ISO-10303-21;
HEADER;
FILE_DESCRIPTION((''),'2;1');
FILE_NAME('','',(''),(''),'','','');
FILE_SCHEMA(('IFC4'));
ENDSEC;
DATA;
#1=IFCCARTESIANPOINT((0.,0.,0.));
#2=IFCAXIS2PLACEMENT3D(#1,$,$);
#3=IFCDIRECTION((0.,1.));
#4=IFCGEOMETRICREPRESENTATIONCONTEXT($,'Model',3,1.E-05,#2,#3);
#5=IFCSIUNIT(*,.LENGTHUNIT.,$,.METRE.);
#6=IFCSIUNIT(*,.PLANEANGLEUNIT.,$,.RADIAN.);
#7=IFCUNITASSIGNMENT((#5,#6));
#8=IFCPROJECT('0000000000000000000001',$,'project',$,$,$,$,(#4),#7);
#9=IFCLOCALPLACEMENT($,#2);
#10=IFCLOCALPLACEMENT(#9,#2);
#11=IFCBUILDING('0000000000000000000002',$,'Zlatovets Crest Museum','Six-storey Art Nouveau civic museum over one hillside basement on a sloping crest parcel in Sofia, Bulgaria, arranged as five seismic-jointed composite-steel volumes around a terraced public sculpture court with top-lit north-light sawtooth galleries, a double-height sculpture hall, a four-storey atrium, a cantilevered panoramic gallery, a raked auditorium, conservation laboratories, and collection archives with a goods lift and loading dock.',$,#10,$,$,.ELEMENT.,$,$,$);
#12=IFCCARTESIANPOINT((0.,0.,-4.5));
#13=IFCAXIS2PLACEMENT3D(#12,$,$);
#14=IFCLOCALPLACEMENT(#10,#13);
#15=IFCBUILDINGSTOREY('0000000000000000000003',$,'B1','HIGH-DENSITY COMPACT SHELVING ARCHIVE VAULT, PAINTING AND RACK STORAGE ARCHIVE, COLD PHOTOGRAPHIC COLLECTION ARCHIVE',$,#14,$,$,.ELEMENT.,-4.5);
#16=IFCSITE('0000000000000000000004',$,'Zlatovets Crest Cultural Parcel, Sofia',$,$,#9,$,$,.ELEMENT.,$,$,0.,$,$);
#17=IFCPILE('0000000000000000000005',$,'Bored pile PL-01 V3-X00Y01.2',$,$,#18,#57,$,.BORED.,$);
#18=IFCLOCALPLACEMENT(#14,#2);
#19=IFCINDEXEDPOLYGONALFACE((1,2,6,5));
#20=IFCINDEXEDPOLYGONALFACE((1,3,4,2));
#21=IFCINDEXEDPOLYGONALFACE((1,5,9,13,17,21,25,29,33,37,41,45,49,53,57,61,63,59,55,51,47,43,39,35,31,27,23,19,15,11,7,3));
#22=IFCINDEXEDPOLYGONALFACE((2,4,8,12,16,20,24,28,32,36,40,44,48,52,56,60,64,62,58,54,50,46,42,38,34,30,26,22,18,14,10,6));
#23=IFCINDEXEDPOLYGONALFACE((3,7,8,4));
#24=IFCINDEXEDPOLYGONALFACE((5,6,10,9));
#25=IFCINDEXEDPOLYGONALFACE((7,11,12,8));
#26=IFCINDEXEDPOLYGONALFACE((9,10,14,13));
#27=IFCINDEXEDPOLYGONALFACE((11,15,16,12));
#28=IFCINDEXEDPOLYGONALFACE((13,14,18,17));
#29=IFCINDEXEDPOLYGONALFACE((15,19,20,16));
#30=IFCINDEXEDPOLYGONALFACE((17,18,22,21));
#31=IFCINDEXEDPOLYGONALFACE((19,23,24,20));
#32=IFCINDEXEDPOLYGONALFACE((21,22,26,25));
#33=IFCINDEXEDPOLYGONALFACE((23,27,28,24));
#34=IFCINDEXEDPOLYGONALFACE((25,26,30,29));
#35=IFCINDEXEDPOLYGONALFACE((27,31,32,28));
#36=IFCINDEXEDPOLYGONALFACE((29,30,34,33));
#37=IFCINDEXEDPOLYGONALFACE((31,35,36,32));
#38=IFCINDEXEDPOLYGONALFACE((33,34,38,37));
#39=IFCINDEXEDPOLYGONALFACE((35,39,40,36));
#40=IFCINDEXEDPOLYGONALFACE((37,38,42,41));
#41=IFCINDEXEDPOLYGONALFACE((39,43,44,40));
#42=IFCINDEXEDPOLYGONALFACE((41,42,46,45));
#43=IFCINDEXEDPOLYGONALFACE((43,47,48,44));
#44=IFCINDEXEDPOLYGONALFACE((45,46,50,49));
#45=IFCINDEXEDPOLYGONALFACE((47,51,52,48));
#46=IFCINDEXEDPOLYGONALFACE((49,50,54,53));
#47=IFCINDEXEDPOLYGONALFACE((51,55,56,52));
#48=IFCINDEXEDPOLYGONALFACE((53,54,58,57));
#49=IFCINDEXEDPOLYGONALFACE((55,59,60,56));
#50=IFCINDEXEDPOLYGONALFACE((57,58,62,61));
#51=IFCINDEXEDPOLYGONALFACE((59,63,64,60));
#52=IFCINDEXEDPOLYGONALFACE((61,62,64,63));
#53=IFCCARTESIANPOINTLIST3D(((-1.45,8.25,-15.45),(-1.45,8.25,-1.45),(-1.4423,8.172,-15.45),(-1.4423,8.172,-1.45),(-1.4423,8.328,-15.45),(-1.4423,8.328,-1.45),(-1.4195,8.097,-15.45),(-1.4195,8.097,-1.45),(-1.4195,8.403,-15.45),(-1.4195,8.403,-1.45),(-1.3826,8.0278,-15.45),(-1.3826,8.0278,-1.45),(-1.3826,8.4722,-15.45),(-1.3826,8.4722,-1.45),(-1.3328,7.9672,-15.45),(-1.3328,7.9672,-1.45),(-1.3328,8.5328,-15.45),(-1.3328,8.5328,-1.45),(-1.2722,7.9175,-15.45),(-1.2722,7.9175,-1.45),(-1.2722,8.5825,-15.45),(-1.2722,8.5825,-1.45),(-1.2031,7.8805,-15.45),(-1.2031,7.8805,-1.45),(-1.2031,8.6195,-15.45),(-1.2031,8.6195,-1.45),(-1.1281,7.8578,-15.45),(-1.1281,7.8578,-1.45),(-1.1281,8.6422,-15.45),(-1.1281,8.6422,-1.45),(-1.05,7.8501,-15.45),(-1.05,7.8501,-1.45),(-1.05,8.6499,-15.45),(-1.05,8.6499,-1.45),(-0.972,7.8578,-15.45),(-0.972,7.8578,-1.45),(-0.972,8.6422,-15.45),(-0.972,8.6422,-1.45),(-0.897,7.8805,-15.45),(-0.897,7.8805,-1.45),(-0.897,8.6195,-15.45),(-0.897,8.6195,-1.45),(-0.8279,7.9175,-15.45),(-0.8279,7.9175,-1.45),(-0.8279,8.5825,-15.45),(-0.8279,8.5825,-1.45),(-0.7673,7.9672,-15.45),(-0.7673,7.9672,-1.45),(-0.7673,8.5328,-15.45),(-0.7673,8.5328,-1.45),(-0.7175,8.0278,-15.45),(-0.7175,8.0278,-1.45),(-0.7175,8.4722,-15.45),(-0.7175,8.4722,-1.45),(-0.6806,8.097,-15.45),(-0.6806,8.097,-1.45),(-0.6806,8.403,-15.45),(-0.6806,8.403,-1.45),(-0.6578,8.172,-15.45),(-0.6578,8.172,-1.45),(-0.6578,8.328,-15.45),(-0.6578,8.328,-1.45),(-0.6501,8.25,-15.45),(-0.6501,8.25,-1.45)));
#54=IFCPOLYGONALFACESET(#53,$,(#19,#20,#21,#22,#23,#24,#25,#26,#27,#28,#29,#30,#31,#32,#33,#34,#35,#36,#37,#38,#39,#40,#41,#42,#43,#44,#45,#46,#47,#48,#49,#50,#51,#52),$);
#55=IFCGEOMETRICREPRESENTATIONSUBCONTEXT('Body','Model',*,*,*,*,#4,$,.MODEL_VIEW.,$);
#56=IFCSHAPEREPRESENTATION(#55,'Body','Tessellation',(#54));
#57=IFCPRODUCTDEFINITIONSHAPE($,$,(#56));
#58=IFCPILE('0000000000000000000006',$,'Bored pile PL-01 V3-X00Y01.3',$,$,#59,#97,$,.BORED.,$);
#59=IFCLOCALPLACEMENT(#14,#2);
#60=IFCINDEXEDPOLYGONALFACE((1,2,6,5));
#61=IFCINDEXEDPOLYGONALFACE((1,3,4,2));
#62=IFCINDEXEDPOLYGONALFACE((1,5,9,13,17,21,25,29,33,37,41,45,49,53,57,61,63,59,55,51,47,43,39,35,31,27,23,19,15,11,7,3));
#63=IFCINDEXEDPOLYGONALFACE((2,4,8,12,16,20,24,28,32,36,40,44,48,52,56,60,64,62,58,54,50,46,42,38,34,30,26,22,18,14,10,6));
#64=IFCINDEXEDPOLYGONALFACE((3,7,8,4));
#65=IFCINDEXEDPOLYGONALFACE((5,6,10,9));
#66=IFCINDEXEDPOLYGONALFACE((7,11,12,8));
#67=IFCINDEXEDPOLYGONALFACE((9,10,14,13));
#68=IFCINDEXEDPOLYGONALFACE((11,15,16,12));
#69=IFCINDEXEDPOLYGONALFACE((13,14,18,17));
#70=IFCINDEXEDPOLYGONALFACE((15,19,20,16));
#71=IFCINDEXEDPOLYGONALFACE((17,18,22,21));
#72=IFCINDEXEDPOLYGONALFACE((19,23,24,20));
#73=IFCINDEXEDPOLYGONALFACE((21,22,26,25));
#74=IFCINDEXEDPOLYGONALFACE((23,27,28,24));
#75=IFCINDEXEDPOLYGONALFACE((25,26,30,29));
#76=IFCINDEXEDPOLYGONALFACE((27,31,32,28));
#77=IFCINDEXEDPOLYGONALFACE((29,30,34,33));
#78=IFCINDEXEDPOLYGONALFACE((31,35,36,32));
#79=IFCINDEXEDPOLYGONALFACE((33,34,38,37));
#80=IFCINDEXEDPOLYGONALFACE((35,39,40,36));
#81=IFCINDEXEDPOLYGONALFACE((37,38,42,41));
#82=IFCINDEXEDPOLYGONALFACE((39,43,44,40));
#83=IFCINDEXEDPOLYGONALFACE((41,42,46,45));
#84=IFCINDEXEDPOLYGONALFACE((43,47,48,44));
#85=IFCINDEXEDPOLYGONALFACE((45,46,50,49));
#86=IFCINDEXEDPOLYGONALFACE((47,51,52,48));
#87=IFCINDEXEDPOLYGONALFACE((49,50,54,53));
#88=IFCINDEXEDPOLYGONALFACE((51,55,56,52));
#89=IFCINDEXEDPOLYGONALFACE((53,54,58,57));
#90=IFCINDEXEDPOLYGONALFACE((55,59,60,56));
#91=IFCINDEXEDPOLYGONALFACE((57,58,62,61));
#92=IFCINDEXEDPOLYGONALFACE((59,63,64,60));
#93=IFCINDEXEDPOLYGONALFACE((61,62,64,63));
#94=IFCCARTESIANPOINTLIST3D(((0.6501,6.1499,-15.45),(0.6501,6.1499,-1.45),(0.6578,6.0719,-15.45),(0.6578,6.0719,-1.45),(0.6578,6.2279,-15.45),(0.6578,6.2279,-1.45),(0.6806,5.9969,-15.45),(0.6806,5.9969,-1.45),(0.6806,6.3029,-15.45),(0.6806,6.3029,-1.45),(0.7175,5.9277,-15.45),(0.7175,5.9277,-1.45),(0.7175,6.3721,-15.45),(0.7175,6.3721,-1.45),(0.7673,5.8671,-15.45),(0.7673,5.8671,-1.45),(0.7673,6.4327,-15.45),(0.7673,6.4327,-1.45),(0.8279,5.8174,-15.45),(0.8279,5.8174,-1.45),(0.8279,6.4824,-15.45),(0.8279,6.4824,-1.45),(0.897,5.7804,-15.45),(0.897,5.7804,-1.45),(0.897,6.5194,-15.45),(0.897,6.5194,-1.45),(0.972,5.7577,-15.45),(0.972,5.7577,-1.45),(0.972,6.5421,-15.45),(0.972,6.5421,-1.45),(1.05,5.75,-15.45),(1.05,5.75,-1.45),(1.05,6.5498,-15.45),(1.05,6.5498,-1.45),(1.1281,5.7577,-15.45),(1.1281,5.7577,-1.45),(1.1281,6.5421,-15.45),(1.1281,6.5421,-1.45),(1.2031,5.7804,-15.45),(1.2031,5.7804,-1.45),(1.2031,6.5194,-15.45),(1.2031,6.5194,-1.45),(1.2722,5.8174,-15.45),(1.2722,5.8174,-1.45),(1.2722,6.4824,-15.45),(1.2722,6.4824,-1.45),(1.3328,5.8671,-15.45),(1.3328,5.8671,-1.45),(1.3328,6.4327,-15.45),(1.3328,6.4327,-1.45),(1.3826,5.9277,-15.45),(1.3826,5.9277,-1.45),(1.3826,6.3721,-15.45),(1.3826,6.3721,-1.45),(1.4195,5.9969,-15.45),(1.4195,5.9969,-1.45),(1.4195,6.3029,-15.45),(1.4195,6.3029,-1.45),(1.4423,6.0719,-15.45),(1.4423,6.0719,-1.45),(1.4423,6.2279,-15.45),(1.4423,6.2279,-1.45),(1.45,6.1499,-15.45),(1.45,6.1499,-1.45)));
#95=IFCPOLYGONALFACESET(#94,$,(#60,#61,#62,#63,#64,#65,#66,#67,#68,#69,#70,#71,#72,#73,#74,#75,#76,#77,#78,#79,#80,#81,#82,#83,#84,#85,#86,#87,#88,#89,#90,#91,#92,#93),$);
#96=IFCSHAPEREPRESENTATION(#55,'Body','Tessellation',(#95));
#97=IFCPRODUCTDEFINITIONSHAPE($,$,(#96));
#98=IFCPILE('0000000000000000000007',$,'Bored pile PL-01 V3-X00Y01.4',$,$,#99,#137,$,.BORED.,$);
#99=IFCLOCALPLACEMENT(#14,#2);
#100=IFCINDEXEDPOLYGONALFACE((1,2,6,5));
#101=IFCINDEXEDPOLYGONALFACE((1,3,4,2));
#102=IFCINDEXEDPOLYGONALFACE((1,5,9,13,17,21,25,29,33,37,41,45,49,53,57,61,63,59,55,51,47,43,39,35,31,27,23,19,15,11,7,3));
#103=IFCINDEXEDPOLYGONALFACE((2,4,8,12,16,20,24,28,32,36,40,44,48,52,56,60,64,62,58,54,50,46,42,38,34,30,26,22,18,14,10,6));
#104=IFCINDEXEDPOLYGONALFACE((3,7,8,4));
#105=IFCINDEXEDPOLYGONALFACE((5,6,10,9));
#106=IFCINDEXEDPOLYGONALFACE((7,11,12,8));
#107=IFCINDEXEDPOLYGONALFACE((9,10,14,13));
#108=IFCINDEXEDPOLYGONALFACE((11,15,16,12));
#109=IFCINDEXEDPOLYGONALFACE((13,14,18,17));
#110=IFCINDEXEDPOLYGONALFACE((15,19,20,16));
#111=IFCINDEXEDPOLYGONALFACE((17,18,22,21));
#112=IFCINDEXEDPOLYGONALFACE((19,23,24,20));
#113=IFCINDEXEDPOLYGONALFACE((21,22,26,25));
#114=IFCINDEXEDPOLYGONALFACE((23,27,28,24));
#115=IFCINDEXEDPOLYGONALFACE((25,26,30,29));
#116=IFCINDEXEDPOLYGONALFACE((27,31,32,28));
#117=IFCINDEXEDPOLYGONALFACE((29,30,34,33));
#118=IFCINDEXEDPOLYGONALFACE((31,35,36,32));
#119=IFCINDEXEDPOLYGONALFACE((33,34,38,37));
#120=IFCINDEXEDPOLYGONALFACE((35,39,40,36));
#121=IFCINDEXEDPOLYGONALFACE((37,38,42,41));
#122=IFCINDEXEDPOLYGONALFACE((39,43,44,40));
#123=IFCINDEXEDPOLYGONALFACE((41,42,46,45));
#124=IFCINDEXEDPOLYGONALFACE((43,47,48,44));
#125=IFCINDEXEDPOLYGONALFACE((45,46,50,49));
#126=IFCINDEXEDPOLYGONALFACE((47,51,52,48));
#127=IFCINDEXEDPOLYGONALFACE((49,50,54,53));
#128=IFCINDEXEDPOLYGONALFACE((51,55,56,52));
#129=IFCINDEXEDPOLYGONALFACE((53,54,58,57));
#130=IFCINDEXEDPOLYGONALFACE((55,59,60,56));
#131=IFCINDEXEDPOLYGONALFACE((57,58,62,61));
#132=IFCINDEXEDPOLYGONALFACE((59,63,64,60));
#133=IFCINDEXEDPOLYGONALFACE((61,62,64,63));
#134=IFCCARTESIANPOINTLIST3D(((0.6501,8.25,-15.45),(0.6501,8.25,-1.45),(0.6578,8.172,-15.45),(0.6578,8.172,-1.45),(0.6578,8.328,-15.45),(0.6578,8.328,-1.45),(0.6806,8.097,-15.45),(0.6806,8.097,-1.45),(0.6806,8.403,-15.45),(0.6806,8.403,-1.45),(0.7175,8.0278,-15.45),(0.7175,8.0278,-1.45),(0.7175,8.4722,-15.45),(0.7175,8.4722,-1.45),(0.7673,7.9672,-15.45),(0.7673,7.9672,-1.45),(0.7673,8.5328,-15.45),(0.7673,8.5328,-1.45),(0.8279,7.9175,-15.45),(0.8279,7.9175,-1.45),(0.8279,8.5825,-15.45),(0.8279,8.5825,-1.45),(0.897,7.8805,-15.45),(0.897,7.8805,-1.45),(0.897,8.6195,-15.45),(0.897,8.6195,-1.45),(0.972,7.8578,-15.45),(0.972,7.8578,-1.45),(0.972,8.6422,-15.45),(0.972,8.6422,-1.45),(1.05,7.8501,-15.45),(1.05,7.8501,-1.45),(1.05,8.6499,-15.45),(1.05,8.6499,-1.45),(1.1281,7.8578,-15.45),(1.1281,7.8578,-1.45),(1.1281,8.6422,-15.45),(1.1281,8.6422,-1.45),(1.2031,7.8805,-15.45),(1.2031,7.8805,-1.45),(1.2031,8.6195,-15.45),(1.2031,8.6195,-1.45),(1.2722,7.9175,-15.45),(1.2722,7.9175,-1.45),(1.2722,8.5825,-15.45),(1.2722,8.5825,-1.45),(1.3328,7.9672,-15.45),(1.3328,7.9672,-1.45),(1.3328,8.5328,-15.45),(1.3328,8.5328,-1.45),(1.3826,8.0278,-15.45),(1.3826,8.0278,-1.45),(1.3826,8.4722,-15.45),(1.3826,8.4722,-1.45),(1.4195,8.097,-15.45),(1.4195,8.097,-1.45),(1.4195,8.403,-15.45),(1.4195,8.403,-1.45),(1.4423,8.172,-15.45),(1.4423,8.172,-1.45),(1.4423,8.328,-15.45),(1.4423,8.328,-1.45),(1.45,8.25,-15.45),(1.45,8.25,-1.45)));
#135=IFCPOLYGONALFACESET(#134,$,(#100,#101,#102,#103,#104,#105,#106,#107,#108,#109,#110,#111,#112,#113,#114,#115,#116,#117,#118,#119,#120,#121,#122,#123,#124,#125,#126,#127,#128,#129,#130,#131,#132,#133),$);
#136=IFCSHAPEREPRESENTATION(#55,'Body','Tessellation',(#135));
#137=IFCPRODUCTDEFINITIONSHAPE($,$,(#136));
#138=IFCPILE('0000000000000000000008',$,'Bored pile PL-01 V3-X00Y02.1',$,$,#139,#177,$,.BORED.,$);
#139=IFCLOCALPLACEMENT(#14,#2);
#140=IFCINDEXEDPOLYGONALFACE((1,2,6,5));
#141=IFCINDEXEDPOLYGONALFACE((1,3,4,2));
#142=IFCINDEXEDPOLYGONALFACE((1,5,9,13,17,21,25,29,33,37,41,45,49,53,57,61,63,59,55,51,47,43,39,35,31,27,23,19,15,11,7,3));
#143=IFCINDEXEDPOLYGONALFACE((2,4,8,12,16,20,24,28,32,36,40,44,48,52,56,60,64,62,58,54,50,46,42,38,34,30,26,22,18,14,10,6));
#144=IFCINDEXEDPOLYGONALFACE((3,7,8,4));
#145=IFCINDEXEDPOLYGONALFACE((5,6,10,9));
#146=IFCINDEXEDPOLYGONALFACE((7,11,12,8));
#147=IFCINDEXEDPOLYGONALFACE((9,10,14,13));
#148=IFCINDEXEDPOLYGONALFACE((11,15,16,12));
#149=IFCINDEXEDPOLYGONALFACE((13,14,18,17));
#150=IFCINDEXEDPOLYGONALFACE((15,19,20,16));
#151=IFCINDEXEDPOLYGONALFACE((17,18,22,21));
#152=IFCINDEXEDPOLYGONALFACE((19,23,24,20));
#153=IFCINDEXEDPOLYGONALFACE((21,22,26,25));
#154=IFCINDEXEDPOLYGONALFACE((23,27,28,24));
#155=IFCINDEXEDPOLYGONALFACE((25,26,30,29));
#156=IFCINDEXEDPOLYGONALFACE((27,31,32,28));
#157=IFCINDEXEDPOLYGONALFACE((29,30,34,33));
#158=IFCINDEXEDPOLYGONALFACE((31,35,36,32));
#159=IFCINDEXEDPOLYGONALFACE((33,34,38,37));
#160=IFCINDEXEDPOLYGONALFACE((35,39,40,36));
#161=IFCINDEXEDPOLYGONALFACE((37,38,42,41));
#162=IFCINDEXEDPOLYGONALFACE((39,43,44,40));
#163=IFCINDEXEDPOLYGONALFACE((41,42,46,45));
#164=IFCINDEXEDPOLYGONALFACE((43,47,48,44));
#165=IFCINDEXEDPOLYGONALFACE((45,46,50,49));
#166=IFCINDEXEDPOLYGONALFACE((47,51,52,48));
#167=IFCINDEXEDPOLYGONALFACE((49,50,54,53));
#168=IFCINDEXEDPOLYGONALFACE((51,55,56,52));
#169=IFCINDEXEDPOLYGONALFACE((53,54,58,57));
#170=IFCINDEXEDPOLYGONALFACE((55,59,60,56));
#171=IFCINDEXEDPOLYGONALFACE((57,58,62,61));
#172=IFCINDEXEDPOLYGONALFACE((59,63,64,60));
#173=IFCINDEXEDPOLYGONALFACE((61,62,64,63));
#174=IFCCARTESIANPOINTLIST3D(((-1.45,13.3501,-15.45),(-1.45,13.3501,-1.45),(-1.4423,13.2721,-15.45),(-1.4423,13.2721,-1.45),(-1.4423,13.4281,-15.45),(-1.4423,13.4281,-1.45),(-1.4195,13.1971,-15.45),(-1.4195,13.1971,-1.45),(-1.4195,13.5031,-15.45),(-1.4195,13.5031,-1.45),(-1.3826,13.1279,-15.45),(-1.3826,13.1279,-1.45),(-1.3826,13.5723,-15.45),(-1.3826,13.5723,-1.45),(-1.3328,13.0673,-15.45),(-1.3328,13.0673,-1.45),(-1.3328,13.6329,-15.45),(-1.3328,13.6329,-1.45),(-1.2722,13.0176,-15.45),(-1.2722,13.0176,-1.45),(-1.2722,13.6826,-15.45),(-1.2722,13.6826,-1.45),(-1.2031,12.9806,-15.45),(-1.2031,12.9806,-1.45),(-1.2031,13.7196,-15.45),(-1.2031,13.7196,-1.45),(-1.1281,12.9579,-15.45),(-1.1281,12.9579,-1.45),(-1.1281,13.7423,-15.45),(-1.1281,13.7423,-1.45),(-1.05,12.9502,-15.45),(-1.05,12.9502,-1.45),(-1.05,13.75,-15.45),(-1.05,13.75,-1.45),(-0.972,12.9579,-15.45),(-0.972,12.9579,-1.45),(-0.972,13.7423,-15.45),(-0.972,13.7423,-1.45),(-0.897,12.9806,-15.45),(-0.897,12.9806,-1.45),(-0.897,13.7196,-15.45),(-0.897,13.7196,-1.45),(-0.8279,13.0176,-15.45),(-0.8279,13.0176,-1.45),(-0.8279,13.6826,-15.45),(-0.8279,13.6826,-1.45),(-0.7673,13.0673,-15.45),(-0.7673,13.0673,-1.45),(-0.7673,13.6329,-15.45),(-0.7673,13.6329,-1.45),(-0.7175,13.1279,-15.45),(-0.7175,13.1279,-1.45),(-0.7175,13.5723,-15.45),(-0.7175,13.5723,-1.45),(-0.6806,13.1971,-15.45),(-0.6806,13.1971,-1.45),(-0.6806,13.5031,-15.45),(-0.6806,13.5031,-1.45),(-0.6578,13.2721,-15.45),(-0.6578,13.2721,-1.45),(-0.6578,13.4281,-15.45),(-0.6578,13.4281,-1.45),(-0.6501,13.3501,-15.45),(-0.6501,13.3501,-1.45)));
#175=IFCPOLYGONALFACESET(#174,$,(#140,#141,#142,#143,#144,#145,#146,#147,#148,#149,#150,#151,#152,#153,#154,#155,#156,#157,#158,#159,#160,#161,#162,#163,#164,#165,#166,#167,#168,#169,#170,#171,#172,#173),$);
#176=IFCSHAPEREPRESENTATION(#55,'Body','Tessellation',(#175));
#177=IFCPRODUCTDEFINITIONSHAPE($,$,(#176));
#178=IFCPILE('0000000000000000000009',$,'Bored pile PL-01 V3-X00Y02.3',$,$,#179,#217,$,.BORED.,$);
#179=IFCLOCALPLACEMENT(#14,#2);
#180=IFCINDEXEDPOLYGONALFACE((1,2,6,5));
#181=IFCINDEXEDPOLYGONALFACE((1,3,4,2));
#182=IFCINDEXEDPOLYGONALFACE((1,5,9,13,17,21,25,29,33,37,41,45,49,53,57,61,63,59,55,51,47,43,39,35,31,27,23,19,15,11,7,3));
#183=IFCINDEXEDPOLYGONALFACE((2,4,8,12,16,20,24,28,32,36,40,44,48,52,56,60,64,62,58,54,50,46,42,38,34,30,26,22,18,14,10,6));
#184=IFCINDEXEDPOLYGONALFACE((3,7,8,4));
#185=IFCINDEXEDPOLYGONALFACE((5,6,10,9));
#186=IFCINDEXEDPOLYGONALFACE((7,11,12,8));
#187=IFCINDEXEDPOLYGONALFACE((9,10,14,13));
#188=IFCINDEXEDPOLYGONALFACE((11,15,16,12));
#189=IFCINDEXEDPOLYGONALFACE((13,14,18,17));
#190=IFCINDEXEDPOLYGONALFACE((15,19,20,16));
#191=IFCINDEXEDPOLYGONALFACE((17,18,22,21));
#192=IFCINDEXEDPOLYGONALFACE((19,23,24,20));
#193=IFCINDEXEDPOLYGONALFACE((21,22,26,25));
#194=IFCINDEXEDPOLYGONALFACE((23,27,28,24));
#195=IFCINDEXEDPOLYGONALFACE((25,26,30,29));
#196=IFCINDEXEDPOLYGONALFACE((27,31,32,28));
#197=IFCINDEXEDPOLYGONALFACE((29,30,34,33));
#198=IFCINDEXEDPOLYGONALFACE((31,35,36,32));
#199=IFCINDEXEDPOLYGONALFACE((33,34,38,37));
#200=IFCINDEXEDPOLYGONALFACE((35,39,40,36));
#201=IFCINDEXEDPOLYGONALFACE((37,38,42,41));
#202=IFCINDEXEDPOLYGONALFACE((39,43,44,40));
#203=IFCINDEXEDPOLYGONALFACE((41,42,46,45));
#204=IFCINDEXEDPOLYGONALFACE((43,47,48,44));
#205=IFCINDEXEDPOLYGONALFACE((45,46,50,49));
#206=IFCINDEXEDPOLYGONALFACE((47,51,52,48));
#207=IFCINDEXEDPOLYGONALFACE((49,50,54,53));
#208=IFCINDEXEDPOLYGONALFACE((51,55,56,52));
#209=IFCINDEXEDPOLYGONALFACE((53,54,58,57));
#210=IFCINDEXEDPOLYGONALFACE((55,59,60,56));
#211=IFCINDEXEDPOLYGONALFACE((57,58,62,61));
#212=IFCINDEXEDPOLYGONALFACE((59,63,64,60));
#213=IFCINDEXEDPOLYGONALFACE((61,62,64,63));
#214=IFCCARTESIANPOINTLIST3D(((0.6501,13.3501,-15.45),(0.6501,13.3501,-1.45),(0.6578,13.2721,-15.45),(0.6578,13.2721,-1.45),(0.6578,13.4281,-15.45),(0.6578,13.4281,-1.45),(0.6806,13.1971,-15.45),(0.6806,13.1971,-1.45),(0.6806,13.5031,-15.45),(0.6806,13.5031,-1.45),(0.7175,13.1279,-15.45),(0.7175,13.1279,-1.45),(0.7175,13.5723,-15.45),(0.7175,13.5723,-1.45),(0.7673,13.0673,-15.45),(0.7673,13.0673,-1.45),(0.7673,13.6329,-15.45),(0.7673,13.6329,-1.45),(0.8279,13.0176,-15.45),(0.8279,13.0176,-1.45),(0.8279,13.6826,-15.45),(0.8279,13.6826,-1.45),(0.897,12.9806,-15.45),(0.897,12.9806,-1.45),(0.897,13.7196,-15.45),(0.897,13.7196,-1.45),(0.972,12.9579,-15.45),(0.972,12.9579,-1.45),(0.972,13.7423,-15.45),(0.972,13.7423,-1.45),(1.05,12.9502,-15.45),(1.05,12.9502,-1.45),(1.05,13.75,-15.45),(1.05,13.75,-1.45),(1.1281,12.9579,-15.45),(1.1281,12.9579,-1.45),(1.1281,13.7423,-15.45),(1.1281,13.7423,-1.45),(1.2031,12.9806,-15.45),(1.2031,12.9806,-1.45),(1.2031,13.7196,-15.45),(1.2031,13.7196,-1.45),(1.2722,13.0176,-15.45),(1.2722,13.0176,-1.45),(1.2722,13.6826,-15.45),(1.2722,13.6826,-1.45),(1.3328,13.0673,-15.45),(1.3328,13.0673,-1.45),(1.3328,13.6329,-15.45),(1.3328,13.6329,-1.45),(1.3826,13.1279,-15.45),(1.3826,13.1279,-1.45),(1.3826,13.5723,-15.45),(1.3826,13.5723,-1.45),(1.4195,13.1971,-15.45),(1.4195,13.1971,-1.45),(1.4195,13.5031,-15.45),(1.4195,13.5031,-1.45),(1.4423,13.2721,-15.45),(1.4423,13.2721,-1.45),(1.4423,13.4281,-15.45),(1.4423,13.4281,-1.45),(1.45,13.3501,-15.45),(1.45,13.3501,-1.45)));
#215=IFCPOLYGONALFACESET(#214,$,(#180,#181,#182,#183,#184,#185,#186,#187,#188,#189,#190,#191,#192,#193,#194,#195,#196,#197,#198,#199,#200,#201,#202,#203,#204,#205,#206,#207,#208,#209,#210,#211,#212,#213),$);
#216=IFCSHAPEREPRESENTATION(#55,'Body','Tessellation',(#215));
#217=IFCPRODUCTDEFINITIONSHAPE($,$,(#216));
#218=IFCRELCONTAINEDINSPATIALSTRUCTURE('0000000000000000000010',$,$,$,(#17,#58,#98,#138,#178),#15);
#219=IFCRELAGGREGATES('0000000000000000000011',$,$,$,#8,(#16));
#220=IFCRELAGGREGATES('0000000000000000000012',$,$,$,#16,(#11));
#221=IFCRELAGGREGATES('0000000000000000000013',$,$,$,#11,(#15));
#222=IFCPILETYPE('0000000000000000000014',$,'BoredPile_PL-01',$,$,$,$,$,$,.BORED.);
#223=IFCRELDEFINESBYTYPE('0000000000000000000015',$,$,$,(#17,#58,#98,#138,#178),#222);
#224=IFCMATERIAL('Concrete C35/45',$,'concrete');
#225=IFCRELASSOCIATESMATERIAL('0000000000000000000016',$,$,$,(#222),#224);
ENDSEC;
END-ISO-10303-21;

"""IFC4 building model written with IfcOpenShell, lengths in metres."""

from ifc_helpers import new_model, si_unit, direction, frame, origin, origin_2d, place, context, subcontext, project, spatial, circle, extrude, material, material_profile, profile_set, type_object, element, save


model = new_model("IFC4")

# Units and contexts
model_context = context("Model", 3, precision=1e-05, world=origin(), true_north=direction((0.0, 1.0)))
body_context = subcontext(model_context, "Body", "Model", "MODEL_VIEW")
ifc_project = project(units=[si_unit("LENGTHUNIT", "METRE"), si_unit("PLANEANGLEUNIT", "RADIAN")], contexts=[model_context])

# Site, building, storey
site_placement = place(None, origin())
site = spatial("IfcSite", under=ifc_project, at=site_placement, Name="Zlatovets Crest Cultural Parcel, Sofia", CompositionType="ELEMENT", RefElevation=0.0)
building_placement = place(site_placement, origin())
building = spatial("IfcBuilding", under=site, at=building_placement, Name="Zlatovets Crest Museum", Description="Six-storey Art Nouveau civic museum over one hillside basement on a sloping crest parcel in Sofia, Bulgaria, arranged as five seismic-jointed composite-steel volumes around a terraced public sculpture court with top-lit north-light sawtooth galleries, a double-height sculpture hall, a four-storey atrium, a cantilevered panoramic gallery, a raked auditorium, conservation laboratories, and collection archives with a goods lift and loading dock.", CompositionType="ELEMENT")
storey_placement = place(building_placement, frame((0.0, 0.0, -4.5)))
storey = spatial("IfcBuildingStorey", under=building, at=storey_placement, Name="B1", Description="HIGH-DENSITY COMPACT SHELVING ARCHIVE VAULT, PAINTING AND RACK STORAGE ARCHIVE, COLD PHOTOGRAPHIC COLLECTION ARCHIVE", CompositionType="ELEMENT", Elevation=-4.5)

# Piles
ifc_material_1 = material(Name="Concrete C35/45", Category="concrete")
ifc_material_profile_1 = material_profile(ifc_material_1, circle(Radius=0.3999, at=origin_2d()), Name="PILE D800")
ifc_profile_set_1 = profile_set([ifc_material_profile_1], Name="Concrete C35/45")
pile_type = type_object("IfcPileType", Name="BoredPile_PL-01", PredefinedType="BORED", material=ifc_profile_set_1)
for number, where, z_axis, x_axis, name in (
    (1, (-1.05, 8.25, -1.45), (0.0, 0.0, -1.0), (1.0, 0.0, 0.0), "Bored pile PL-01 V3-X00Y01.2"),
    (2, (1.05, 6.1499, -1.45), (0.0, 0.0, -1.0), (1.0, 0.0, 0.0), "Bored pile PL-01 V3-X00Y01.3"),
    (3, (1.05, 8.25, -1.45), (0.0, 0.0, -1.0), (1.0, 0.0, 0.0), "Bored pile PL-01 V3-X00Y01.4"),
    (4, (-1.05, 13.3501, -1.45), (0.0, 0.0, -1.0), (1.0, 0.0, 0.0), "Bored pile PL-01 V3-X00Y02.1"),
    (5, (1.05, 13.3501, -1.45), (0.0, 0.0, -1.0), (1.0, 0.0, 0.0), "Bored pile PL-01 V3-X00Y02.3"),
):
    element("IfcPile", number, at=place(storey_placement, frame(where, z_axis=z_axis, x_axis=x_axis)), inside=storey, type_object=pile_type, Name=name, PredefinedType="BORED", context=body_context, shape_type="SweptSolid", body=[
        extrude(circle(Radius=0.3999, at=origin_2d()), origin(), (0.0, 0.0, 1.0), 14.0),
    ])

save(model, "model.ifc")
